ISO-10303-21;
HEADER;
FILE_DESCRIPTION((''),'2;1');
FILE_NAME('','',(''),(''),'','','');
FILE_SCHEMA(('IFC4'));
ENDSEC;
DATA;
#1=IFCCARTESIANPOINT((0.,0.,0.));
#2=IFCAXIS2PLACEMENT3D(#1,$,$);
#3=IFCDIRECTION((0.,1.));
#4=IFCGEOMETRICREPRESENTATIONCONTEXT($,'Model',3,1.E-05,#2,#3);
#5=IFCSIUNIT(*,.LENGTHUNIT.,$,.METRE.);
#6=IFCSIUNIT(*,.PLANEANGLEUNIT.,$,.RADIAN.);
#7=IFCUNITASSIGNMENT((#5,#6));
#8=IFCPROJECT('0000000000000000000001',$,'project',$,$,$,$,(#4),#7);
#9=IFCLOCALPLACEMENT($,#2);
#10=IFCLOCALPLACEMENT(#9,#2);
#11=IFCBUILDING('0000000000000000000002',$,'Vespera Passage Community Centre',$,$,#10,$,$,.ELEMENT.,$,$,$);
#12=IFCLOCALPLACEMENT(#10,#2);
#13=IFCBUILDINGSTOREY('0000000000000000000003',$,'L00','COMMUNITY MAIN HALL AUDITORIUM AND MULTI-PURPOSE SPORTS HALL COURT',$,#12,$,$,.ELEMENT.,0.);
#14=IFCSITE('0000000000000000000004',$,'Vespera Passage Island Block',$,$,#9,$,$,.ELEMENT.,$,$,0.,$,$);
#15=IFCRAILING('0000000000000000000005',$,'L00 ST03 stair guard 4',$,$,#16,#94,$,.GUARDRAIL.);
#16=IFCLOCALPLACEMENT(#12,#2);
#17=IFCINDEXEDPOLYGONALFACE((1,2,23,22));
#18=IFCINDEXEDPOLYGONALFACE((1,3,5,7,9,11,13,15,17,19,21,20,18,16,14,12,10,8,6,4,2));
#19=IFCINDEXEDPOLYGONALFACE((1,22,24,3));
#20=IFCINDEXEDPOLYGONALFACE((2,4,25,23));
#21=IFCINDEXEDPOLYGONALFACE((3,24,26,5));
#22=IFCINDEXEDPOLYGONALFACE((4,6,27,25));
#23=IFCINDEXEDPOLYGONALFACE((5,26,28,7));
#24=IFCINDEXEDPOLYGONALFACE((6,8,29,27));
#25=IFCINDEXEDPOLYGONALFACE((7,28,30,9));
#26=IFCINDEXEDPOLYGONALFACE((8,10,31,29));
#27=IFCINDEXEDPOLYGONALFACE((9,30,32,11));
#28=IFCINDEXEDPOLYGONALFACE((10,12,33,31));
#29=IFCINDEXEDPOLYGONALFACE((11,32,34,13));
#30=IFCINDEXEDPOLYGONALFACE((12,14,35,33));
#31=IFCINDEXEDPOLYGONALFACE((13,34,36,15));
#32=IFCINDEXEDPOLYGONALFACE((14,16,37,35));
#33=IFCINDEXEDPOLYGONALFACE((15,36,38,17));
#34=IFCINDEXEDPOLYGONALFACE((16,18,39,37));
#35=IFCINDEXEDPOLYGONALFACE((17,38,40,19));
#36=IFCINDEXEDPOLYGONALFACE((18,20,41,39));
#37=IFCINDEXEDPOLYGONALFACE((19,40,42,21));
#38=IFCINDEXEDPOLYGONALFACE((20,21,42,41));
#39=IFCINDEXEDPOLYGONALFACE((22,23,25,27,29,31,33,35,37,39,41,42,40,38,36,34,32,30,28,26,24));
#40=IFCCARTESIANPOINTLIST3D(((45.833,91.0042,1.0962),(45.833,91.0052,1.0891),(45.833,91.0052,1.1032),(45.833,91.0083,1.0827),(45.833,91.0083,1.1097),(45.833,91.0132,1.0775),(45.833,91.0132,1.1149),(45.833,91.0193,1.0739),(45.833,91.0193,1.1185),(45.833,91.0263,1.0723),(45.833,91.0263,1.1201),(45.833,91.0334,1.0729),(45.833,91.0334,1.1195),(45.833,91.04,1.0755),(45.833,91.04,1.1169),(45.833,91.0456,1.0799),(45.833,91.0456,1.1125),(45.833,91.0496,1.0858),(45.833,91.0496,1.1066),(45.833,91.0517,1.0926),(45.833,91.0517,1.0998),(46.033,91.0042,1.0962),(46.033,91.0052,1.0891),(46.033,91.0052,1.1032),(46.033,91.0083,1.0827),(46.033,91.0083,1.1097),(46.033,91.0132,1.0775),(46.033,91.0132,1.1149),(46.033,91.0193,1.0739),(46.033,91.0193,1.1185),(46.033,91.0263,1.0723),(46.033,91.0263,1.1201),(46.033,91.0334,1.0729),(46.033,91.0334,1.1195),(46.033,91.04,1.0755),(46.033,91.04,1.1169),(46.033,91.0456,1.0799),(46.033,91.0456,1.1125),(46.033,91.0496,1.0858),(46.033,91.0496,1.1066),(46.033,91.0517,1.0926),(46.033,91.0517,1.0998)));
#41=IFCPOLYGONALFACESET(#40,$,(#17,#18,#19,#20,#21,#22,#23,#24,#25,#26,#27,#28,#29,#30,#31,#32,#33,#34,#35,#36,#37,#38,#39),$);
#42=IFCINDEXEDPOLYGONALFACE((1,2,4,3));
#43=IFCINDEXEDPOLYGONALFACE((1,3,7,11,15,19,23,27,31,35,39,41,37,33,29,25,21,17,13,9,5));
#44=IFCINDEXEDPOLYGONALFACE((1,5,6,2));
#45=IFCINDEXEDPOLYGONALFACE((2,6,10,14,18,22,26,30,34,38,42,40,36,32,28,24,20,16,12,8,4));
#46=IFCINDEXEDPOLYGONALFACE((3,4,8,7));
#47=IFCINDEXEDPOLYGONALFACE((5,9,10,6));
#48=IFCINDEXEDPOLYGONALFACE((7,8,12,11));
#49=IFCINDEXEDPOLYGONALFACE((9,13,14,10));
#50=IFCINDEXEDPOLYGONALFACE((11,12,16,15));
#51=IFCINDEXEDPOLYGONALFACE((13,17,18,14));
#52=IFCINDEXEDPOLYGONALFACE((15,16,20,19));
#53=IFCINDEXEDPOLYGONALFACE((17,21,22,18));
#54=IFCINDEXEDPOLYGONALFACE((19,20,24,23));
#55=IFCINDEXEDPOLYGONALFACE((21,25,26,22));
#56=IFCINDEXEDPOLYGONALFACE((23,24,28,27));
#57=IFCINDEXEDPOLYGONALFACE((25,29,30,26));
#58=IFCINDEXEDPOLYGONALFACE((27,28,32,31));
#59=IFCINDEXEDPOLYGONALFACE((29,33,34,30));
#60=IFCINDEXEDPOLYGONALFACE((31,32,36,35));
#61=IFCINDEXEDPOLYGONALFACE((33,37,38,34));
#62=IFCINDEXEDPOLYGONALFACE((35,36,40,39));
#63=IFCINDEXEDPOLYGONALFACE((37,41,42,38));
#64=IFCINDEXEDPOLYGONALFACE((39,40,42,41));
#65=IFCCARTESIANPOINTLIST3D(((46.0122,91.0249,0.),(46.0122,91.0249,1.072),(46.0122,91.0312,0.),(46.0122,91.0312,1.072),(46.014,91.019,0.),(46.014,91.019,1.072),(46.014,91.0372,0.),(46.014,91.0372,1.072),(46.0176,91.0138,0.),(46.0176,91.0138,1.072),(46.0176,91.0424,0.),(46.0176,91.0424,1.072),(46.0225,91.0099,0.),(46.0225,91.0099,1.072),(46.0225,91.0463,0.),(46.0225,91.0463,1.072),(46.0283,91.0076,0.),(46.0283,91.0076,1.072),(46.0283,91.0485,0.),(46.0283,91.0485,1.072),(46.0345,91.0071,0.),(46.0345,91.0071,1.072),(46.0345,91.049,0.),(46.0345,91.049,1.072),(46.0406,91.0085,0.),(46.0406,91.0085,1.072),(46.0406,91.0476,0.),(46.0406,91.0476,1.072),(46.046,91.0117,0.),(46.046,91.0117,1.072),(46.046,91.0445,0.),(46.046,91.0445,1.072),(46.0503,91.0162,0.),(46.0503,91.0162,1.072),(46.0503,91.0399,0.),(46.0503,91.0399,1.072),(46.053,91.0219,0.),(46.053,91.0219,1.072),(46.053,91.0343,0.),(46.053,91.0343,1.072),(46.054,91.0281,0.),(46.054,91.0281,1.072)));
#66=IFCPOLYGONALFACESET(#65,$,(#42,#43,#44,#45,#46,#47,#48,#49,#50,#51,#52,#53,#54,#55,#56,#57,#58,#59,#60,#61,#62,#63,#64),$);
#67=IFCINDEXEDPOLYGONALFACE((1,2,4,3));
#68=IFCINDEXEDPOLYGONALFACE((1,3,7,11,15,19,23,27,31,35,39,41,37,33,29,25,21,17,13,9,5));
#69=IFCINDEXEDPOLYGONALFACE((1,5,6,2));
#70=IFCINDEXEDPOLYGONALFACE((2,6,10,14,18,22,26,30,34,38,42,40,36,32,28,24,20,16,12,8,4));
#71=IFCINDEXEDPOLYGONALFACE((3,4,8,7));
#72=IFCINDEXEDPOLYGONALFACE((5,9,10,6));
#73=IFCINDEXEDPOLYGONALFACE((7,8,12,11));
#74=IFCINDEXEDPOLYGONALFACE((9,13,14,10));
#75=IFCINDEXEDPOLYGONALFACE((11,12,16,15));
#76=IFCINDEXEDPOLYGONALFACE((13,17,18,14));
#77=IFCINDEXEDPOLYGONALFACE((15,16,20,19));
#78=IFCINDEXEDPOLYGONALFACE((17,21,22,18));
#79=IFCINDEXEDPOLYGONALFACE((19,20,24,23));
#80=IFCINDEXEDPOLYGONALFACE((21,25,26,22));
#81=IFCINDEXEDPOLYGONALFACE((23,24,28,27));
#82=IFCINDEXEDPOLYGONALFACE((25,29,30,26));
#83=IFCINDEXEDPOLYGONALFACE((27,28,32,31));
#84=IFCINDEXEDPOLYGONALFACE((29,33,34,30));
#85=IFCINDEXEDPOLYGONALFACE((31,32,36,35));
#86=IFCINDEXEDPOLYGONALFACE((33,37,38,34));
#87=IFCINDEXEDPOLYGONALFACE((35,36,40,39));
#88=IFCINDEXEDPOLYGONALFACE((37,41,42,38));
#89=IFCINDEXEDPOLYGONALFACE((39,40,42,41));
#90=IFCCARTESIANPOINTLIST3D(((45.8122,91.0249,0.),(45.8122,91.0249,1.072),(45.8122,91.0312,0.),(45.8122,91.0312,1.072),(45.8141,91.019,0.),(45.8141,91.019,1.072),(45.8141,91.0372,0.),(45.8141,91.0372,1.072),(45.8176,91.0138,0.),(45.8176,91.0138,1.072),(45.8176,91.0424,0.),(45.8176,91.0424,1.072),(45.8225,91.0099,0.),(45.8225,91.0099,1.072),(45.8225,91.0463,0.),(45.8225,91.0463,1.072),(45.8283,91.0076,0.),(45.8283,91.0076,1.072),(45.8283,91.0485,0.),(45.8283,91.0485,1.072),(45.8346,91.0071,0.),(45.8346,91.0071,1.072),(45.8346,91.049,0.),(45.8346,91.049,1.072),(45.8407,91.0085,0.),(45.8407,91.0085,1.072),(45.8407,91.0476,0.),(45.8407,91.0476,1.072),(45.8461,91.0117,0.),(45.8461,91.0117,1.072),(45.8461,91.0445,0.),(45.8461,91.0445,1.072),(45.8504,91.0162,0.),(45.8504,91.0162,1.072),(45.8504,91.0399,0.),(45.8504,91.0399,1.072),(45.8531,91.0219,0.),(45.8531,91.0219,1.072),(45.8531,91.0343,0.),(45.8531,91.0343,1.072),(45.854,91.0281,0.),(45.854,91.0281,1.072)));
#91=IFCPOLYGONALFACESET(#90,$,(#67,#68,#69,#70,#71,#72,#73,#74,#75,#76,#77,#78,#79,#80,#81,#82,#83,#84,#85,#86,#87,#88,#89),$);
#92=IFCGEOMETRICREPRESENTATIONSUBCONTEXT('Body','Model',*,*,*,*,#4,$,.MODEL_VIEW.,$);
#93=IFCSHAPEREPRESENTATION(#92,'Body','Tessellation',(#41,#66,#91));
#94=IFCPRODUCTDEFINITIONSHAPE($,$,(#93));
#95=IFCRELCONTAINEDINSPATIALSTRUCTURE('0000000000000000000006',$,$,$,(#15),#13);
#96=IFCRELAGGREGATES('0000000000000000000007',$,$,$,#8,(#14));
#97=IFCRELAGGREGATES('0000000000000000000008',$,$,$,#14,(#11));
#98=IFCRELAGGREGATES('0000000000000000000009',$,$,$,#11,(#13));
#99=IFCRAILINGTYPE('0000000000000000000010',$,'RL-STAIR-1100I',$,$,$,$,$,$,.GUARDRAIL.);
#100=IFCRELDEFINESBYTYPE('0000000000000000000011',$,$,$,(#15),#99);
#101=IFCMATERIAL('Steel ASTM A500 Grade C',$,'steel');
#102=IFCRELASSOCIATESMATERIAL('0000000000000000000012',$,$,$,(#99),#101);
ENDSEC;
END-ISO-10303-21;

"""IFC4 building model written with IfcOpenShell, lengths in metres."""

from ifc_helpers import new_model, si_unit, direction, frame, origin, origin_2d, place, context, subcontext, project, spatial, circle, extrude, material, type_object, element, save


model = new_model("IFC4")

# Units and contexts
model_context = context("Model", 3, precision=1e-05, world=origin(), true_north=direction((0.0, 1.0)))
body_context = subcontext(model_context, "Body", "Model", "MODEL_VIEW")
ifc_project = project(units=[si_unit("LENGTHUNIT", "METRE"), si_unit("PLANEANGLEUNIT", "RADIAN")], contexts=[model_context])

# Site, building, storey
site_placement = place(None, origin())
site = spatial("IfcSite", under=ifc_project, at=site_placement, Name="Vespera Passage Island Block", CompositionType="ELEMENT", RefElevation=0.0)
building_placement = place(site_placement, origin())
building = spatial("IfcBuilding", under=site, at=building_placement, Name="Vespera Passage Community Centre", CompositionType="ELEMENT")
storey_placement = place(building_placement, origin())
storey = spatial("IfcBuildingStorey", under=building, at=storey_placement, Name="L00", Description="COMMUNITY MAIN HALL AUDITORIUM AND MULTI-PURPOSE SPORTS HALL COURT", CompositionType="ELEMENT", Elevation=0.0)

# Railing
ifc_material_1 = material(Name="Steel ASTM A500 Grade C", Category="steel")
railing_type = type_object("IfcRailingType", Name="RL-STAIR-1100I", PredefinedType="GUARDRAIL", material=ifc_material_1)
railing_1_placement = place(storey_placement, frame((46.033, 91.0281, 0.0)))
element("IfcRailing", 1, at=railing_1_placement, inside=storey, type_object=railing_type, Name="L00 ST03 stair guard 4", PredefinedType="GUARDRAIL", context=body_context, shape_type="SweptSolid", body=[
    extrude(circle(Radius=0.0239, at=origin_2d()), frame((0.0, 0.0, 1.0962), z_axis=(-1.0, 0.0, 0.0), x_axis=(0.0, -1.0, 0.0)), (0.0, 0.0, 1.0), 0.2),
    extrude(circle(Radius=0.021, at=origin_2d()), origin(), (0.0, 0.0, 1.0), 1.072),
    extrude(circle(Radius=0.021, at=origin_2d()), frame((-0.2, 0.0, 0.0)), (0.0, 0.0, 1.0), 1.072),
])

save(model, "model.ifc")
